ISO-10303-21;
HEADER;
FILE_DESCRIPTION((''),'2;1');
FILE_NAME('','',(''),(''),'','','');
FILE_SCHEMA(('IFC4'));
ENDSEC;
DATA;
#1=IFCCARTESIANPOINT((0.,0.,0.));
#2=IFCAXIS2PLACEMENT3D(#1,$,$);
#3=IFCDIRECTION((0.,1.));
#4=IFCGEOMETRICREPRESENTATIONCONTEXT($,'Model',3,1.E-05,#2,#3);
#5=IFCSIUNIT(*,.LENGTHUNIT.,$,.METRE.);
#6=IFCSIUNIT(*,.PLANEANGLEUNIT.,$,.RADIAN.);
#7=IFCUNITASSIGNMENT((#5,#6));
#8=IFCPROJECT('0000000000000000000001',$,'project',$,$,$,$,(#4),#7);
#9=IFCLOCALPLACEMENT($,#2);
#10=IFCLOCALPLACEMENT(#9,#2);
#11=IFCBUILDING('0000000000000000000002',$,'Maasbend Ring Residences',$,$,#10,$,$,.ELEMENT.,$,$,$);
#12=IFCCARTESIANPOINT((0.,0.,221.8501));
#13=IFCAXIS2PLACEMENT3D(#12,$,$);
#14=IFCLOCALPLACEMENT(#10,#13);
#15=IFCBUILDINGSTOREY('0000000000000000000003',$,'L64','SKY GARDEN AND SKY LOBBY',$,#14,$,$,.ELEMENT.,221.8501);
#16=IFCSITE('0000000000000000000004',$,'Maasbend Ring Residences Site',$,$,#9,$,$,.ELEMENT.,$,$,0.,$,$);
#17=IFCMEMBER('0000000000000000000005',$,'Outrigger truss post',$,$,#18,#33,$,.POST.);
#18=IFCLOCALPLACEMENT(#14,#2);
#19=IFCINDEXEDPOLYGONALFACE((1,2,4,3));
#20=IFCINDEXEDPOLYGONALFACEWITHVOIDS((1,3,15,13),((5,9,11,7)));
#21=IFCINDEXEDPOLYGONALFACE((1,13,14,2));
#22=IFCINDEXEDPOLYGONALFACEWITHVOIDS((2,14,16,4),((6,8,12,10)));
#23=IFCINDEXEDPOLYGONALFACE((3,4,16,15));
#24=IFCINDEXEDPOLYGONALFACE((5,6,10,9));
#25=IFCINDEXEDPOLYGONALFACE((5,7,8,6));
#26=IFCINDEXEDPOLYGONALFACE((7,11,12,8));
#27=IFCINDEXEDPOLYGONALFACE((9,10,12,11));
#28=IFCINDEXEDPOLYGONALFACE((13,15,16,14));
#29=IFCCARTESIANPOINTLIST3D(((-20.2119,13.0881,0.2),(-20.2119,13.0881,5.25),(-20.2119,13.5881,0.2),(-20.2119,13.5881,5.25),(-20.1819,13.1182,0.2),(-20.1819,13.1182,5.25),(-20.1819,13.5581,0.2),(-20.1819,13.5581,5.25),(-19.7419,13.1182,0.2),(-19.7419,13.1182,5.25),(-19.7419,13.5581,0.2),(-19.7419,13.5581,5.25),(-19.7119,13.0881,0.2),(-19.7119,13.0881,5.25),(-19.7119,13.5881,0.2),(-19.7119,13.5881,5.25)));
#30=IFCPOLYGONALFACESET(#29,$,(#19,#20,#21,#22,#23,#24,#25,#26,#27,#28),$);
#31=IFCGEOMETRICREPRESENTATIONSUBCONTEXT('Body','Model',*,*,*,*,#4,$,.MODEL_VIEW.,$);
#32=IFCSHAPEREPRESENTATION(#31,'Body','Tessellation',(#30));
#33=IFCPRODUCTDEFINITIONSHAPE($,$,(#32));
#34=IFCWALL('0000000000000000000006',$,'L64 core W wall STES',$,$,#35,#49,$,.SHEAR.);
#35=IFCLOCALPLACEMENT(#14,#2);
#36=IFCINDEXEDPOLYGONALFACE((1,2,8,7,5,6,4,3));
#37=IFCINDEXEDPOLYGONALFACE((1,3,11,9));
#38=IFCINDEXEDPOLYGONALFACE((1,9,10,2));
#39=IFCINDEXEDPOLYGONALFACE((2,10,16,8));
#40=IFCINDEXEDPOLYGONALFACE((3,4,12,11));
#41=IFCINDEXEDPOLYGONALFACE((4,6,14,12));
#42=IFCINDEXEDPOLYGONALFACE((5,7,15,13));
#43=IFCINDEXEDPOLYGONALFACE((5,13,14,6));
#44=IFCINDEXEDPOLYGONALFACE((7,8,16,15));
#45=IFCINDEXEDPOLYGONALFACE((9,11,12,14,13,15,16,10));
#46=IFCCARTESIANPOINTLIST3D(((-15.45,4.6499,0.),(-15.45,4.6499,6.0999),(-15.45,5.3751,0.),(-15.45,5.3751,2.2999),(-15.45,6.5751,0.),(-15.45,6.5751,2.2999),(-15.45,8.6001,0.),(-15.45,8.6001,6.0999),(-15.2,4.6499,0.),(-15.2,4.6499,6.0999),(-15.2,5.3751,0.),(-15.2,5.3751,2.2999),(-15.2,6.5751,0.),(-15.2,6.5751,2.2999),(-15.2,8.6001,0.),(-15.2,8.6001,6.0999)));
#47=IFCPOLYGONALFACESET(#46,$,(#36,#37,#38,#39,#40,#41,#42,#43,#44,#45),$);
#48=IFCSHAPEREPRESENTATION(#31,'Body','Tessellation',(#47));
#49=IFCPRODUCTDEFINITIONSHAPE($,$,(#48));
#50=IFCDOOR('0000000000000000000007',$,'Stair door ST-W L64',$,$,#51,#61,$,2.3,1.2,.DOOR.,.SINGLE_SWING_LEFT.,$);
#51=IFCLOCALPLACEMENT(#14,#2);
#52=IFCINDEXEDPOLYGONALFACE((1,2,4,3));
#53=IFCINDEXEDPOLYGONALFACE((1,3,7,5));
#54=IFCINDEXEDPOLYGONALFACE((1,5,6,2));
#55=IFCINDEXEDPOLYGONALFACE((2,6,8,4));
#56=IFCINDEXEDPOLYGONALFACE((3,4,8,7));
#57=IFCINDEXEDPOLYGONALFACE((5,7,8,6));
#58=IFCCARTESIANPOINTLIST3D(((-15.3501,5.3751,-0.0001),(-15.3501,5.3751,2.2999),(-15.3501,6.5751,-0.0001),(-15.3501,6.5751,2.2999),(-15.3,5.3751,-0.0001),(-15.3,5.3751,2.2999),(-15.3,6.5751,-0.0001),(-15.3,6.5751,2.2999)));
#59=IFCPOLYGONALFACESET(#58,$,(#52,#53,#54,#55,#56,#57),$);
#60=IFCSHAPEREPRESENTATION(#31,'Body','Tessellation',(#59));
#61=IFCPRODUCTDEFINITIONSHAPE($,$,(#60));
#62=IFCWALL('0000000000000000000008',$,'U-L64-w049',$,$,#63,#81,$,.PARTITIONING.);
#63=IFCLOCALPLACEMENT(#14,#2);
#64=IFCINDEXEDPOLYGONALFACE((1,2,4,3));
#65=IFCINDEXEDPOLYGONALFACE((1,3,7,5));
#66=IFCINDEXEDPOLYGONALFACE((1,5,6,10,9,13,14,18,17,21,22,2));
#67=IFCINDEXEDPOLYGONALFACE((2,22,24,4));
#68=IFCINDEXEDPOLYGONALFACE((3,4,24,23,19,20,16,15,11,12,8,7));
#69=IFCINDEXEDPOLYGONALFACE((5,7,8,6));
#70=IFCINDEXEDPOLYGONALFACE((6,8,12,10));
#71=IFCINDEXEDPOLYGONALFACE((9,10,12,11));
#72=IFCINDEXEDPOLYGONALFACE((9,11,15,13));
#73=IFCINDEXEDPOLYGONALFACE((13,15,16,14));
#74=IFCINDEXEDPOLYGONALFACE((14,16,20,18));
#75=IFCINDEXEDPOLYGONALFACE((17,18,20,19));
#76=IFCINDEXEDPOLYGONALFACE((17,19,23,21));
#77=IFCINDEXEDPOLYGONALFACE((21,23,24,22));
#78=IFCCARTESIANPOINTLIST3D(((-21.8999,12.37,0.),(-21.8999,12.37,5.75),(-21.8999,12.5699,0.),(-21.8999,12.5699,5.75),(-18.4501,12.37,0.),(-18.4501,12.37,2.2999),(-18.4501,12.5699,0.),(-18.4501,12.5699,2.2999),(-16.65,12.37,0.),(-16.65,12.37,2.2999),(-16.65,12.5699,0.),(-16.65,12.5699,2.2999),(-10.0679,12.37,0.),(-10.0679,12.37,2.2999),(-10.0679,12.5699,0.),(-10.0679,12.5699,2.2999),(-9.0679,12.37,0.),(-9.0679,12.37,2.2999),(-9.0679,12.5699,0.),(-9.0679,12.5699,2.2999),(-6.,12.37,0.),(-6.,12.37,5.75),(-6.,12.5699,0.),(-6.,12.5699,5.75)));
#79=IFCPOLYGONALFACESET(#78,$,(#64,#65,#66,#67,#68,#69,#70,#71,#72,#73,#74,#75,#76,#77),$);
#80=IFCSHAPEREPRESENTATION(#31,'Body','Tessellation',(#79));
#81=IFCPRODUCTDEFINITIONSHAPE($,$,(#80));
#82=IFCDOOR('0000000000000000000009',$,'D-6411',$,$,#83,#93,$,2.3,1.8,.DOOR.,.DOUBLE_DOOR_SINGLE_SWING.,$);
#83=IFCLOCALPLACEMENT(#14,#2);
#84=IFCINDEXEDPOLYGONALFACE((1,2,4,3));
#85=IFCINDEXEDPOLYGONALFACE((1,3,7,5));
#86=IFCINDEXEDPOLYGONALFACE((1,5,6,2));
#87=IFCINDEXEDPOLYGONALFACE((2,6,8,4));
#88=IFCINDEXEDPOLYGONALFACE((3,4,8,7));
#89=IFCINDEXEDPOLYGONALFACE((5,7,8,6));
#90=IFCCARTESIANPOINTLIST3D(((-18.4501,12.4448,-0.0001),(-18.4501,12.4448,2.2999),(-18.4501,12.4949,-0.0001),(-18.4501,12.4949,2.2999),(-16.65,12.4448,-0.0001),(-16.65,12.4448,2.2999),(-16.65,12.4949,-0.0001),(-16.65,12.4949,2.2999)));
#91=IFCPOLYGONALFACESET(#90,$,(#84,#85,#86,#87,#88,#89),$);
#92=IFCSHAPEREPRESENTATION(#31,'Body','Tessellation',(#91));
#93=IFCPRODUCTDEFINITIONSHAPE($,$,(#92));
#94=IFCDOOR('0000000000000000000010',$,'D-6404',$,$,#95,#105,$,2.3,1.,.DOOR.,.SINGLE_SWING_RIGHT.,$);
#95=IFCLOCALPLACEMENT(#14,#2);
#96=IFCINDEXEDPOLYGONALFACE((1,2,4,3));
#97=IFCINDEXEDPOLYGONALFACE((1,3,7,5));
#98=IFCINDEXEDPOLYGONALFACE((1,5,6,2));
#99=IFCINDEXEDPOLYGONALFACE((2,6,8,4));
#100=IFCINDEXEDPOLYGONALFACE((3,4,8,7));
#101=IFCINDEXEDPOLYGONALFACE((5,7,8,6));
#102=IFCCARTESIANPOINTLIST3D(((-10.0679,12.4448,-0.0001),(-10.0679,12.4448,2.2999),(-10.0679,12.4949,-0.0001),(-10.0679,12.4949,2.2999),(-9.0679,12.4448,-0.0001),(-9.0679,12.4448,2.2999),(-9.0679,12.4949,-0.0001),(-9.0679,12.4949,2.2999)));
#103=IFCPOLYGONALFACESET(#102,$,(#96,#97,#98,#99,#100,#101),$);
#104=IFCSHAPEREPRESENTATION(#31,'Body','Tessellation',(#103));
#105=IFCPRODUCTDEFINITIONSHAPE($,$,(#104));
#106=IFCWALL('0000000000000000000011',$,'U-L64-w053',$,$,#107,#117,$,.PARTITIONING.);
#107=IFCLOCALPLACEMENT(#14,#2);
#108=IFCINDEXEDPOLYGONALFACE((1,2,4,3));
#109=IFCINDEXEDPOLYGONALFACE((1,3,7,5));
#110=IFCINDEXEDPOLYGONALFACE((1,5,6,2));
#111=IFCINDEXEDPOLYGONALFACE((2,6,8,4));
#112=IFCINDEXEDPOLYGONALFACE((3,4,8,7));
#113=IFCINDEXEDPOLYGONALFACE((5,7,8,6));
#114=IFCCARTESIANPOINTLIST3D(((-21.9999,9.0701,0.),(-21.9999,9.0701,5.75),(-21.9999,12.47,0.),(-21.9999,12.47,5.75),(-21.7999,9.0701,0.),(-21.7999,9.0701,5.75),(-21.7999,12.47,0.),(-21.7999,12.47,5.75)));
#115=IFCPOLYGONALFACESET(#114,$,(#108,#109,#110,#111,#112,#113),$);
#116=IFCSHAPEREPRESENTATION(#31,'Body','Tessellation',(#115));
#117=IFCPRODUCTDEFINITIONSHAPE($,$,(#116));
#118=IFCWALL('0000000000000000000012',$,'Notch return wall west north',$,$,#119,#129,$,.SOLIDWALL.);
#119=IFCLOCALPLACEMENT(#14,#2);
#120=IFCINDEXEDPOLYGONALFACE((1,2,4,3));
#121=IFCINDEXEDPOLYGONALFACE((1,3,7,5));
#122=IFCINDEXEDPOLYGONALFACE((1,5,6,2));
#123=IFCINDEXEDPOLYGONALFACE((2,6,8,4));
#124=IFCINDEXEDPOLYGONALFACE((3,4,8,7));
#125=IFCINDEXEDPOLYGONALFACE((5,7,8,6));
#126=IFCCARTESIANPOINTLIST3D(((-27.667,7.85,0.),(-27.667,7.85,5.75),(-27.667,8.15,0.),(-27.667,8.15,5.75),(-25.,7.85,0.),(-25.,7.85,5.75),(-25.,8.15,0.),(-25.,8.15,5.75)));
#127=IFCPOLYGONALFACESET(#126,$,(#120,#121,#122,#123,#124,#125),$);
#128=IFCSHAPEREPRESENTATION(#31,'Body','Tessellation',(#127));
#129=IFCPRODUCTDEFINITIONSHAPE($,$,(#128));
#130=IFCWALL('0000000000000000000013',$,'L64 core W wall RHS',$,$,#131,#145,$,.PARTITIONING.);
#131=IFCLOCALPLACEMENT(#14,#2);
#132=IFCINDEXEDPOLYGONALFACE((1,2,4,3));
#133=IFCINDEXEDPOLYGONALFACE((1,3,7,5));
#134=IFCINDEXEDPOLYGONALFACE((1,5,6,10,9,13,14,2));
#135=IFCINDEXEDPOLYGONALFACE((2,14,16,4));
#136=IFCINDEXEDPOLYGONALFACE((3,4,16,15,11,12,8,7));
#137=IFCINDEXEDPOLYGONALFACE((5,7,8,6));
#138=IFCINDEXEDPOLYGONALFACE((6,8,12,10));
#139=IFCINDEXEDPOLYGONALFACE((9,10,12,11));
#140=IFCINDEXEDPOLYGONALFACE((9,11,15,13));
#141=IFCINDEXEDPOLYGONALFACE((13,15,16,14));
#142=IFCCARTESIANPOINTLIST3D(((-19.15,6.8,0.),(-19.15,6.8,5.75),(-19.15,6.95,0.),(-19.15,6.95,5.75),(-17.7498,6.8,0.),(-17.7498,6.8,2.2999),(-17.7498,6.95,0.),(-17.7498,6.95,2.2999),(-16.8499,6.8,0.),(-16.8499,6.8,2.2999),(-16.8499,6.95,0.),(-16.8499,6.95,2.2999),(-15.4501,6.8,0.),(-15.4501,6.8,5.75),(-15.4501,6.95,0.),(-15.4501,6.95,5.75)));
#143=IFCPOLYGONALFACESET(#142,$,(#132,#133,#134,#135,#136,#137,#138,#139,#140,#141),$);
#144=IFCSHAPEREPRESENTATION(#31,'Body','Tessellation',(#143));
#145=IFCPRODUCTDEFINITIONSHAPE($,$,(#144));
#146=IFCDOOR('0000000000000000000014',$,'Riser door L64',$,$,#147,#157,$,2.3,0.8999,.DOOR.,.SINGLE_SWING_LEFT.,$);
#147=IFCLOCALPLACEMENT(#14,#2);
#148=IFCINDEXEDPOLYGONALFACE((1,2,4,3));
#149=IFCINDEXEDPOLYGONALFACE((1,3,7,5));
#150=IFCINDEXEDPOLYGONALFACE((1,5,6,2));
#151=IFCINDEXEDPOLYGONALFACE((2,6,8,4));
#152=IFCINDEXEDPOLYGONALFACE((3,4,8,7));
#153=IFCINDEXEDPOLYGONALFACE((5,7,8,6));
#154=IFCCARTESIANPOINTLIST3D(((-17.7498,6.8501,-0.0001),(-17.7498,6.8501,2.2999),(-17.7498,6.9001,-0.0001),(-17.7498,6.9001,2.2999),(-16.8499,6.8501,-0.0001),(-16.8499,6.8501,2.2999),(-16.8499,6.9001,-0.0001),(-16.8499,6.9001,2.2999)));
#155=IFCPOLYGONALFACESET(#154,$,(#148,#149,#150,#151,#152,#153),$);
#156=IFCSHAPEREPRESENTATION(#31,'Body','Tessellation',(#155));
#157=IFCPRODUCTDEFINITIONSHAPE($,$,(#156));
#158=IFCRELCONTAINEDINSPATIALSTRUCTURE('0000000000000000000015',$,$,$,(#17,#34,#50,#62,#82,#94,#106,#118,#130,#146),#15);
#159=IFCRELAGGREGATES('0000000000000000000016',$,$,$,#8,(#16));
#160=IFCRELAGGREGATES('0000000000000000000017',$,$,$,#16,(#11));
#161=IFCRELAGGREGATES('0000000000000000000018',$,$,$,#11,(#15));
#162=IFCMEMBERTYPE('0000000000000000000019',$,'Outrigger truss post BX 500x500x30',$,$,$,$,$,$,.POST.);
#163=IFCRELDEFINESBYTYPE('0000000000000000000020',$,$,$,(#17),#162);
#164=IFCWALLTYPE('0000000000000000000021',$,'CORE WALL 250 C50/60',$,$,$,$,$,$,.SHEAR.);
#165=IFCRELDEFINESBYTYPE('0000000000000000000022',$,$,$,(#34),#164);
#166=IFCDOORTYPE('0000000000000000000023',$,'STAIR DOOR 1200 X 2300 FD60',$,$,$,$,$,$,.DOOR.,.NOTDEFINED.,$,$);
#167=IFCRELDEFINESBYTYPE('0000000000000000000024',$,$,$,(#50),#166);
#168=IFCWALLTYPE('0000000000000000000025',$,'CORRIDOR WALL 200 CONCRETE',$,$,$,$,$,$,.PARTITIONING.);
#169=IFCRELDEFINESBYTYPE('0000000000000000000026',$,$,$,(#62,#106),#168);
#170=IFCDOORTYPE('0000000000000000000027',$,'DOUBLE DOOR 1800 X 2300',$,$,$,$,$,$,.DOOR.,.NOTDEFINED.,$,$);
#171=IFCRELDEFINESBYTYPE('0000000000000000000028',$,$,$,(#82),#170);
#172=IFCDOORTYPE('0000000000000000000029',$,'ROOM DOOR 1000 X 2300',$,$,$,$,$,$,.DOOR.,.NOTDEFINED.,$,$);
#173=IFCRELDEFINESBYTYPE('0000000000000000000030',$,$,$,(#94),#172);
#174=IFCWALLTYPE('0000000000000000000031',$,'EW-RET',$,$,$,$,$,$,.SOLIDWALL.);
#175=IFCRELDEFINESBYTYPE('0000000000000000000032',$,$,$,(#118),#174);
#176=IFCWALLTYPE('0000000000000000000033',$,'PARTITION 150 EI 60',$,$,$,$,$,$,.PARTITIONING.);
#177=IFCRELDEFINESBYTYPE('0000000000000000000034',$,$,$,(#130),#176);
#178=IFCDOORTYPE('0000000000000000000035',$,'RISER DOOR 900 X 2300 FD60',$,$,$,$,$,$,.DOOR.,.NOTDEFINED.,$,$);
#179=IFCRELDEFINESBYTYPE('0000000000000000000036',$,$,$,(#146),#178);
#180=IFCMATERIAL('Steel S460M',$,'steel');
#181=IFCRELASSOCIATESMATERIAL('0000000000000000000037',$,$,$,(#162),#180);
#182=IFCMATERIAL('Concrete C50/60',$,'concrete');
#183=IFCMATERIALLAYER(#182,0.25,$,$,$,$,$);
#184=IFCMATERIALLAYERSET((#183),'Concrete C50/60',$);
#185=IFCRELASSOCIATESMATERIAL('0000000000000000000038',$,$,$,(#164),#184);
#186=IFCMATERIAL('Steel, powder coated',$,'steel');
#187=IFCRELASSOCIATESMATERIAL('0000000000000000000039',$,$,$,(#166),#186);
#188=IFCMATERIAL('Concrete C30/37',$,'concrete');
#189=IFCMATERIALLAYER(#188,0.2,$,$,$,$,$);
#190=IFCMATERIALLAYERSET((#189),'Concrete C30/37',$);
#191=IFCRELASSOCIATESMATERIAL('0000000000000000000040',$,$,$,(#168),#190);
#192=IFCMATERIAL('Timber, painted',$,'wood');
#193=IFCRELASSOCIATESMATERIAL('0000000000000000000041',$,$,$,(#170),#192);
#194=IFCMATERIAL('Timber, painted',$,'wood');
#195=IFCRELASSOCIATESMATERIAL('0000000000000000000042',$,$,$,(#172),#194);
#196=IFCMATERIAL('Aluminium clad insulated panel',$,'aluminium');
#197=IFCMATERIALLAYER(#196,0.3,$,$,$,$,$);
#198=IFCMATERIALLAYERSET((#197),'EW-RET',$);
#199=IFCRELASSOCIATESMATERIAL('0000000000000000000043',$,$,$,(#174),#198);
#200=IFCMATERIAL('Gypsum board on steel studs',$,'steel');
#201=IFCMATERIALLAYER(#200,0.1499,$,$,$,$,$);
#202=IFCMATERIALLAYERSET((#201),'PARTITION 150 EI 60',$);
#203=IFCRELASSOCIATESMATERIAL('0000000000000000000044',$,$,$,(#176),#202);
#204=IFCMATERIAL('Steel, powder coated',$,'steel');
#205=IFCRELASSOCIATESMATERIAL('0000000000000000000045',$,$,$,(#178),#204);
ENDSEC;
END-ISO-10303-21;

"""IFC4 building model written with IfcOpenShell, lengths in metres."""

from ifc_helpers import new_model, si_unit, direction, frame, frame_2d, origin, origin_2d, place, context, subcontext, project, spatial, rectangle, hollow_rectangle, extrude, material, layer, layer_set, material_profile, profile_set, type_object, element, fill, save


model = new_model("IFC4")

# Units and contexts
model_context = context("Model", 3, precision=1e-05, world=origin(), true_north=direction((0.0, 1.0)))
body_context = subcontext(model_context, "Body", "Model", "MODEL_VIEW")
ifc_project = project(units=[si_unit("LENGTHUNIT", "METRE"), si_unit("PLANEANGLEUNIT", "RADIAN")], contexts=[model_context])

# Site, building, storey
site_placement = place(None, origin())
site = spatial("IfcSite", under=ifc_project, at=site_placement, Name="Maasbend Ring Residences Site", CompositionType="ELEMENT", RefElevation=0.0)
building_placement = place(site_placement, origin())
building = spatial("IfcBuilding", under=site, at=building_placement, Name="Maasbend Ring Residences", CompositionType="ELEMENT")
storey_placement = place(building_placement, frame((0.0, 0.0, 221.8501)))
storey = spatial("IfcBuildingStorey", under=building, at=storey_placement, Name="L64", Description="SKY GARDEN AND SKY LOBBY", CompositionType="ELEMENT", Elevation=221.8501)

# Member
ifc_material_1 = material(Name="Steel S460M", Category="steel")
ifc_material_profile_1 = material_profile(ifc_material_1, hollow_rectangle(XDim=0.5, YDim=0.5, WallThickness=0.03, at=origin_2d()), Name="Outrigger truss post BX 500x500x30")
ifc_profile_set_1 = profile_set([ifc_material_profile_1], Name="Steel S460M")
member_type_1 = type_object("IfcMemberType", Name="Outrigger truss post BX 500x500x30", PredefinedType="POST", material=ifc_profile_set_1)
member_1_placement = place(storey_placement, frame((-19.9619, 13.3381, 0.2), z_axis=(0.0, 0.0, 1.0), x_axis=(1.0, 0.0, 0.0)))
element("IfcMember", 1, at=member_1_placement, inside=storey, type_object=member_type_1, Name="Outrigger truss post", PredefinedType="POST", context=body_context, shape_type="SweptSolid", body=[
    extrude(hollow_rectangle(XDim=0.5, YDim=0.5, WallThickness=0.03, at=origin_2d()), origin(), (0.0, 0.0, 1.0), 5.05),
])

# Wall, opening, door
ifc_material_2 = material(Name="Concrete C50/60", Category="concrete")
ifc_layer_1 = layer(ifc_material_2, 0.25)
ifc_layer_set_1 = layer_set([ifc_layer_1], Name="Concrete C50/60")
wall_type_1 = type_object("IfcWallType", Name="CORE WALL 250 C50/60", PredefinedType="SHEAR", material=ifc_layer_set_1)
wall_1_placement = place(storey_placement, frame((-15.325, 8.6001, 0.0), z_axis=(0.0, 0.0, 1.0), x_axis=(0.0, -1.0, 0.0)))
wall_1 = element("IfcWall", 2, at=wall_1_placement, inside=storey, type_object=wall_type_1, Name="L64 core W wall STES", PredefinedType="SHEAR", context=body_context, shape_type="SweptSolid", body=[
    extrude(rectangle(XDim=3.9502, YDim=0.25, at=frame_2d((1.9751, 0.0))), origin(), (0.0, 0.0, 1.0), 6.0999),
])
opening_1_placement = place(wall_1_placement, frame((2.0249, 0.0, 0.0)))
opening_1 = element("IfcOpeningElement", 3, at=opening_1_placement, cuts=wall_1, PredefinedType="OPENING", context=body_context, shape_type="SweptSolid", body=[
    extrude(rectangle(XDim=1.2, YDim=2.3, at=frame_2d((0.6001, 1.1499))), frame((0.0, 0.135, 0.0), z_axis=(0.0, -1.0, 0.0), x_axis=(1.0, 0.0, 0.0)), (0.0, 0.0, 1.0), 0.27),
])
ifc_material_3 = material(Name="Steel, powder coated", Category="steel")
door_type_1 = type_object("IfcDoorType", Name="STAIR DOOR 1200 X 2300 FD60", OperationType="NOTDEFINED", PredefinedType="DOOR", material=ifc_material_3)
door_1_placement = place(opening_1_placement, origin())
door_1 = element("IfcDoor", 4, at=door_1_placement, inside=storey, type_object=door_type_1, Name="Stair door ST-W L64", OperationType="SINGLE_SWING_LEFT", OverallHeight=2.3, OverallWidth=1.2, PredefinedType="DOOR", context=body_context, shape_type="SweptSolid", body=[
    extrude(rectangle(XDim=1.2, YDim=2.3, at=frame_2d((0.6001, 1.1499))), frame((0.0, 0.0249, 0.0), z_axis=(0.0, -1.0, 0.0), x_axis=(1.0, 0.0, 0.0)), (0.0, 0.0, 1.0), 0.05),
])
fill(opening_1, door_1)

# Wall, openings, doors
ifc_material_4 = material(Name="Concrete C30/37", Category="concrete")
ifc_layer_2 = layer(ifc_material_4, 0.2)
ifc_layer_set_2 = layer_set([ifc_layer_2], Name="Concrete C30/37")
wall_type_2 = type_object("IfcWallType", Name="CORRIDOR WALL 200 CONCRETE", PredefinedType="PARTITIONING", material=ifc_layer_set_2)
wall_2_placement = place(storey_placement, frame((-21.8999, 12.47, 0.0), z_axis=(0.0, 0.0, 1.0), x_axis=(1.0, 0.0, 0.0)))
wall_2 = element("IfcWall", 5, at=wall_2_placement, inside=storey, type_object=wall_type_2, Name="U-L64-w049", PredefinedType="PARTITIONING", context=body_context, shape_type="SweptSolid", body=[
    extrude(rectangle(XDim=15.8999, YDim=0.2, at=frame_2d((7.95, 0.0))), origin(), (0.0, 0.0, 1.0), 5.75),
])
opening_2_placement = place(wall_2_placement, frame((11.832, 0.0, 0.0)))
opening_2 = element("IfcOpeningElement", 6, at=opening_2_placement, cuts=wall_2, PredefinedType="OPENING", context=body_context, shape_type="SweptSolid", body=[
    extrude(rectangle(XDim=1.0, YDim=2.3, at=frame_2d((0.5, 1.1499))), frame((0.0, 0.1099, 0.0), z_axis=(0.0, -1.0, 0.0), x_axis=(1.0, 0.0, 0.0)), (0.0, 0.0, 1.0), 0.22),
])
opening_3_placement = place(wall_2_placement, frame((3.45, 0.0, 0.0)))
opening_3 = element("IfcOpeningElement", 7, at=opening_3_placement, cuts=wall_2, PredefinedType="OPENING", context=body_context, shape_type="SweptSolid", body=[
    extrude(rectangle(XDim=1.8, YDim=2.3, at=frame_2d((0.8999, 1.1499))), frame((0.0, 0.1099, 0.0), z_axis=(0.0, -1.0, 0.0), x_axis=(1.0, 0.0, 0.0)), (0.0, 0.0, 1.0), 0.22),
])
ifc_material_5 = material(Name="Timber, painted", Category="wood")
door_type_2 = type_object("IfcDoorType", Name="DOUBLE DOOR 1800 X 2300", OperationType="NOTDEFINED", PredefinedType="DOOR", material=ifc_material_5)
door_2_placement = place(opening_3_placement, origin())
door_2 = element("IfcDoor", 8, at=door_2_placement, inside=storey, type_object=door_type_2, Name="D-6411", OperationType="DOUBLE_DOOR_SINGLE_SWING", OverallHeight=2.3, OverallWidth=1.8, PredefinedType="DOOR", context=body_context, shape_type="SweptSolid", body=[
    extrude(rectangle(XDim=1.8, YDim=2.3, at=frame_2d((0.8999, 1.1499))), frame((0.0, 0.0249, 0.0), z_axis=(0.0, -1.0, 0.0), x_axis=(1.0, 0.0, 0.0)), (0.0, 0.0, 1.0), 0.05),
])
fill(opening_3, door_2)
ifc_material_6 = material(Name="Timber, painted", Category="wood")
door_type_3 = type_object("IfcDoorType", Name="ROOM DOOR 1000 X 2300", OperationType="NOTDEFINED", PredefinedType="DOOR", material=ifc_material_6)
door_3_placement = place(opening_2_placement, origin())
door_3 = element("IfcDoor", 9, at=door_3_placement, inside=storey, type_object=door_type_3, Name="D-6404", OperationType="SINGLE_SWING_RIGHT", OverallHeight=2.3, OverallWidth=1.0, PredefinedType="DOOR", context=body_context, shape_type="SweptSolid", body=[
    extrude(rectangle(XDim=1.0, YDim=2.3, at=frame_2d((0.5, 1.1499))), frame((0.0, 0.0249, 0.0), z_axis=(0.0, -1.0, 0.0), x_axis=(1.0, 0.0, 0.0)), (0.0, 0.0, 1.0), 0.05),
])
fill(opening_2, door_3)

# Walls
wall_3_placement = place(storey_placement, frame((-21.8999, 9.0701, 0.0), z_axis=(0.0, 0.0, 1.0), x_axis=(0.0, 1.0, 0.0)))
element("IfcWall", 10, at=wall_3_placement, inside=storey, type_object=wall_type_2, Name="U-L64-w053", PredefinedType="PARTITIONING", context=body_context, shape_type="SweptSolid", body=[
    extrude(rectangle(XDim=3.3999, YDim=0.2, at=frame_2d((1.7, 0.0))), origin(), (0.0, 0.0, 1.0), 5.75),
])
ifc_material_7 = material(Name="Aluminium clad insulated panel", Category="aluminium")
ifc_layer_3 = layer(ifc_material_7, 0.3)
ifc_layer_set_3 = layer_set([ifc_layer_3], Name="EW-RET")
wall_type_3 = type_object("IfcWallType", Name="EW-RET", PredefinedType="SOLIDWALL", material=ifc_layer_set_3)
wall_4_placement = place(storey_placement, frame((-25.0, 8.0, 0.0), z_axis=(0.0, 0.0, 1.0), x_axis=(-1.0, 0.0, 0.0)))
element("IfcWall", 11, at=wall_4_placement, inside=storey, type_object=wall_type_3, Name="Notch return wall west north", PredefinedType="SOLIDWALL", context=body_context, shape_type="SweptSolid", body=[
    extrude(rectangle(XDim=2.667, YDim=0.3, at=frame_2d((1.3335, 0.0))), origin(), (0.0, 0.0, 1.0), 5.75),
])

# Wall, opening, door
ifc_material_8 = material(Name="Gypsum board on steel studs", Category="steel")
ifc_layer_4 = layer(ifc_material_8, 0.1499)
ifc_layer_set_4 = layer_set([ifc_layer_4], Name="PARTITION 150 EI 60")
wall_type_4 = type_object("IfcWallType", Name="PARTITION 150 EI 60", PredefinedType="PARTITIONING", material=ifc_layer_set_4)
wall_5_placement = place(storey_placement, frame((-15.45, 6.875, 0.0), z_axis=(0.0, 0.0, 1.0), x_axis=(-1.0, 0.0, 0.0)))
wall_5 = element("IfcWall", 12, at=wall_5_placement, inside=storey, type_object=wall_type_4, Name="L64 core W wall RHS", PredefinedType="PARTITIONING", context=body_context, shape_type="SweptSolid", body=[
    extrude(rectangle(XDim=3.7, YDim=0.1499, at=frame_2d((1.8501, 0.0))), origin(), (0.0, 0.0, 1.0), 5.75),
])
opening_4_placement = place(wall_5_placement, frame((1.3999, 0.0, 0.0)))
opening_4 = element("IfcOpeningElement", 13, at=opening_4_placement, cuts=wall_5, PredefinedType="OPENING", context=body_context, shape_type="SweptSolid", body=[
    extrude(rectangle(XDim=0.8999, YDim=2.3, at=frame_2d((0.45, 1.1499))), frame((0.0, 0.085, 0.0), z_axis=(0.0, -1.0, 0.0), x_axis=(1.0, 0.0, 0.0)), (0.0, 0.0, 1.0), 0.1699),
])
ifc_material_9 = material(Name="Steel, powder coated", Category="steel")
door_type_4 = type_object("IfcDoorType", Name="RISER DOOR 900 X 2300 FD60", OperationType="NOTDEFINED", PredefinedType="DOOR", material=ifc_material_9)
door_4_placement = place(opening_4_placement, origin())
door_4 = element("IfcDoor", 14, at=door_4_placement, inside=storey, type_object=door_type_4, Name="Riser door L64", OperationType="SINGLE_SWING_LEFT", OverallHeight=2.3, OverallWidth=0.8999, PredefinedType="DOOR", context=body_context, shape_type="SweptSolid", body=[
    extrude(rectangle(XDim=0.8999, YDim=2.3, at=frame_2d((0.45, 1.1499))), frame((0.0, 0.0249, 0.0), z_axis=(0.0, -1.0, 0.0), x_axis=(1.0, 0.0, 0.0)), (0.0, 0.0, 1.0), 0.05),
])
fill(opening_4, door_4)

save(model, "model.ifc")
